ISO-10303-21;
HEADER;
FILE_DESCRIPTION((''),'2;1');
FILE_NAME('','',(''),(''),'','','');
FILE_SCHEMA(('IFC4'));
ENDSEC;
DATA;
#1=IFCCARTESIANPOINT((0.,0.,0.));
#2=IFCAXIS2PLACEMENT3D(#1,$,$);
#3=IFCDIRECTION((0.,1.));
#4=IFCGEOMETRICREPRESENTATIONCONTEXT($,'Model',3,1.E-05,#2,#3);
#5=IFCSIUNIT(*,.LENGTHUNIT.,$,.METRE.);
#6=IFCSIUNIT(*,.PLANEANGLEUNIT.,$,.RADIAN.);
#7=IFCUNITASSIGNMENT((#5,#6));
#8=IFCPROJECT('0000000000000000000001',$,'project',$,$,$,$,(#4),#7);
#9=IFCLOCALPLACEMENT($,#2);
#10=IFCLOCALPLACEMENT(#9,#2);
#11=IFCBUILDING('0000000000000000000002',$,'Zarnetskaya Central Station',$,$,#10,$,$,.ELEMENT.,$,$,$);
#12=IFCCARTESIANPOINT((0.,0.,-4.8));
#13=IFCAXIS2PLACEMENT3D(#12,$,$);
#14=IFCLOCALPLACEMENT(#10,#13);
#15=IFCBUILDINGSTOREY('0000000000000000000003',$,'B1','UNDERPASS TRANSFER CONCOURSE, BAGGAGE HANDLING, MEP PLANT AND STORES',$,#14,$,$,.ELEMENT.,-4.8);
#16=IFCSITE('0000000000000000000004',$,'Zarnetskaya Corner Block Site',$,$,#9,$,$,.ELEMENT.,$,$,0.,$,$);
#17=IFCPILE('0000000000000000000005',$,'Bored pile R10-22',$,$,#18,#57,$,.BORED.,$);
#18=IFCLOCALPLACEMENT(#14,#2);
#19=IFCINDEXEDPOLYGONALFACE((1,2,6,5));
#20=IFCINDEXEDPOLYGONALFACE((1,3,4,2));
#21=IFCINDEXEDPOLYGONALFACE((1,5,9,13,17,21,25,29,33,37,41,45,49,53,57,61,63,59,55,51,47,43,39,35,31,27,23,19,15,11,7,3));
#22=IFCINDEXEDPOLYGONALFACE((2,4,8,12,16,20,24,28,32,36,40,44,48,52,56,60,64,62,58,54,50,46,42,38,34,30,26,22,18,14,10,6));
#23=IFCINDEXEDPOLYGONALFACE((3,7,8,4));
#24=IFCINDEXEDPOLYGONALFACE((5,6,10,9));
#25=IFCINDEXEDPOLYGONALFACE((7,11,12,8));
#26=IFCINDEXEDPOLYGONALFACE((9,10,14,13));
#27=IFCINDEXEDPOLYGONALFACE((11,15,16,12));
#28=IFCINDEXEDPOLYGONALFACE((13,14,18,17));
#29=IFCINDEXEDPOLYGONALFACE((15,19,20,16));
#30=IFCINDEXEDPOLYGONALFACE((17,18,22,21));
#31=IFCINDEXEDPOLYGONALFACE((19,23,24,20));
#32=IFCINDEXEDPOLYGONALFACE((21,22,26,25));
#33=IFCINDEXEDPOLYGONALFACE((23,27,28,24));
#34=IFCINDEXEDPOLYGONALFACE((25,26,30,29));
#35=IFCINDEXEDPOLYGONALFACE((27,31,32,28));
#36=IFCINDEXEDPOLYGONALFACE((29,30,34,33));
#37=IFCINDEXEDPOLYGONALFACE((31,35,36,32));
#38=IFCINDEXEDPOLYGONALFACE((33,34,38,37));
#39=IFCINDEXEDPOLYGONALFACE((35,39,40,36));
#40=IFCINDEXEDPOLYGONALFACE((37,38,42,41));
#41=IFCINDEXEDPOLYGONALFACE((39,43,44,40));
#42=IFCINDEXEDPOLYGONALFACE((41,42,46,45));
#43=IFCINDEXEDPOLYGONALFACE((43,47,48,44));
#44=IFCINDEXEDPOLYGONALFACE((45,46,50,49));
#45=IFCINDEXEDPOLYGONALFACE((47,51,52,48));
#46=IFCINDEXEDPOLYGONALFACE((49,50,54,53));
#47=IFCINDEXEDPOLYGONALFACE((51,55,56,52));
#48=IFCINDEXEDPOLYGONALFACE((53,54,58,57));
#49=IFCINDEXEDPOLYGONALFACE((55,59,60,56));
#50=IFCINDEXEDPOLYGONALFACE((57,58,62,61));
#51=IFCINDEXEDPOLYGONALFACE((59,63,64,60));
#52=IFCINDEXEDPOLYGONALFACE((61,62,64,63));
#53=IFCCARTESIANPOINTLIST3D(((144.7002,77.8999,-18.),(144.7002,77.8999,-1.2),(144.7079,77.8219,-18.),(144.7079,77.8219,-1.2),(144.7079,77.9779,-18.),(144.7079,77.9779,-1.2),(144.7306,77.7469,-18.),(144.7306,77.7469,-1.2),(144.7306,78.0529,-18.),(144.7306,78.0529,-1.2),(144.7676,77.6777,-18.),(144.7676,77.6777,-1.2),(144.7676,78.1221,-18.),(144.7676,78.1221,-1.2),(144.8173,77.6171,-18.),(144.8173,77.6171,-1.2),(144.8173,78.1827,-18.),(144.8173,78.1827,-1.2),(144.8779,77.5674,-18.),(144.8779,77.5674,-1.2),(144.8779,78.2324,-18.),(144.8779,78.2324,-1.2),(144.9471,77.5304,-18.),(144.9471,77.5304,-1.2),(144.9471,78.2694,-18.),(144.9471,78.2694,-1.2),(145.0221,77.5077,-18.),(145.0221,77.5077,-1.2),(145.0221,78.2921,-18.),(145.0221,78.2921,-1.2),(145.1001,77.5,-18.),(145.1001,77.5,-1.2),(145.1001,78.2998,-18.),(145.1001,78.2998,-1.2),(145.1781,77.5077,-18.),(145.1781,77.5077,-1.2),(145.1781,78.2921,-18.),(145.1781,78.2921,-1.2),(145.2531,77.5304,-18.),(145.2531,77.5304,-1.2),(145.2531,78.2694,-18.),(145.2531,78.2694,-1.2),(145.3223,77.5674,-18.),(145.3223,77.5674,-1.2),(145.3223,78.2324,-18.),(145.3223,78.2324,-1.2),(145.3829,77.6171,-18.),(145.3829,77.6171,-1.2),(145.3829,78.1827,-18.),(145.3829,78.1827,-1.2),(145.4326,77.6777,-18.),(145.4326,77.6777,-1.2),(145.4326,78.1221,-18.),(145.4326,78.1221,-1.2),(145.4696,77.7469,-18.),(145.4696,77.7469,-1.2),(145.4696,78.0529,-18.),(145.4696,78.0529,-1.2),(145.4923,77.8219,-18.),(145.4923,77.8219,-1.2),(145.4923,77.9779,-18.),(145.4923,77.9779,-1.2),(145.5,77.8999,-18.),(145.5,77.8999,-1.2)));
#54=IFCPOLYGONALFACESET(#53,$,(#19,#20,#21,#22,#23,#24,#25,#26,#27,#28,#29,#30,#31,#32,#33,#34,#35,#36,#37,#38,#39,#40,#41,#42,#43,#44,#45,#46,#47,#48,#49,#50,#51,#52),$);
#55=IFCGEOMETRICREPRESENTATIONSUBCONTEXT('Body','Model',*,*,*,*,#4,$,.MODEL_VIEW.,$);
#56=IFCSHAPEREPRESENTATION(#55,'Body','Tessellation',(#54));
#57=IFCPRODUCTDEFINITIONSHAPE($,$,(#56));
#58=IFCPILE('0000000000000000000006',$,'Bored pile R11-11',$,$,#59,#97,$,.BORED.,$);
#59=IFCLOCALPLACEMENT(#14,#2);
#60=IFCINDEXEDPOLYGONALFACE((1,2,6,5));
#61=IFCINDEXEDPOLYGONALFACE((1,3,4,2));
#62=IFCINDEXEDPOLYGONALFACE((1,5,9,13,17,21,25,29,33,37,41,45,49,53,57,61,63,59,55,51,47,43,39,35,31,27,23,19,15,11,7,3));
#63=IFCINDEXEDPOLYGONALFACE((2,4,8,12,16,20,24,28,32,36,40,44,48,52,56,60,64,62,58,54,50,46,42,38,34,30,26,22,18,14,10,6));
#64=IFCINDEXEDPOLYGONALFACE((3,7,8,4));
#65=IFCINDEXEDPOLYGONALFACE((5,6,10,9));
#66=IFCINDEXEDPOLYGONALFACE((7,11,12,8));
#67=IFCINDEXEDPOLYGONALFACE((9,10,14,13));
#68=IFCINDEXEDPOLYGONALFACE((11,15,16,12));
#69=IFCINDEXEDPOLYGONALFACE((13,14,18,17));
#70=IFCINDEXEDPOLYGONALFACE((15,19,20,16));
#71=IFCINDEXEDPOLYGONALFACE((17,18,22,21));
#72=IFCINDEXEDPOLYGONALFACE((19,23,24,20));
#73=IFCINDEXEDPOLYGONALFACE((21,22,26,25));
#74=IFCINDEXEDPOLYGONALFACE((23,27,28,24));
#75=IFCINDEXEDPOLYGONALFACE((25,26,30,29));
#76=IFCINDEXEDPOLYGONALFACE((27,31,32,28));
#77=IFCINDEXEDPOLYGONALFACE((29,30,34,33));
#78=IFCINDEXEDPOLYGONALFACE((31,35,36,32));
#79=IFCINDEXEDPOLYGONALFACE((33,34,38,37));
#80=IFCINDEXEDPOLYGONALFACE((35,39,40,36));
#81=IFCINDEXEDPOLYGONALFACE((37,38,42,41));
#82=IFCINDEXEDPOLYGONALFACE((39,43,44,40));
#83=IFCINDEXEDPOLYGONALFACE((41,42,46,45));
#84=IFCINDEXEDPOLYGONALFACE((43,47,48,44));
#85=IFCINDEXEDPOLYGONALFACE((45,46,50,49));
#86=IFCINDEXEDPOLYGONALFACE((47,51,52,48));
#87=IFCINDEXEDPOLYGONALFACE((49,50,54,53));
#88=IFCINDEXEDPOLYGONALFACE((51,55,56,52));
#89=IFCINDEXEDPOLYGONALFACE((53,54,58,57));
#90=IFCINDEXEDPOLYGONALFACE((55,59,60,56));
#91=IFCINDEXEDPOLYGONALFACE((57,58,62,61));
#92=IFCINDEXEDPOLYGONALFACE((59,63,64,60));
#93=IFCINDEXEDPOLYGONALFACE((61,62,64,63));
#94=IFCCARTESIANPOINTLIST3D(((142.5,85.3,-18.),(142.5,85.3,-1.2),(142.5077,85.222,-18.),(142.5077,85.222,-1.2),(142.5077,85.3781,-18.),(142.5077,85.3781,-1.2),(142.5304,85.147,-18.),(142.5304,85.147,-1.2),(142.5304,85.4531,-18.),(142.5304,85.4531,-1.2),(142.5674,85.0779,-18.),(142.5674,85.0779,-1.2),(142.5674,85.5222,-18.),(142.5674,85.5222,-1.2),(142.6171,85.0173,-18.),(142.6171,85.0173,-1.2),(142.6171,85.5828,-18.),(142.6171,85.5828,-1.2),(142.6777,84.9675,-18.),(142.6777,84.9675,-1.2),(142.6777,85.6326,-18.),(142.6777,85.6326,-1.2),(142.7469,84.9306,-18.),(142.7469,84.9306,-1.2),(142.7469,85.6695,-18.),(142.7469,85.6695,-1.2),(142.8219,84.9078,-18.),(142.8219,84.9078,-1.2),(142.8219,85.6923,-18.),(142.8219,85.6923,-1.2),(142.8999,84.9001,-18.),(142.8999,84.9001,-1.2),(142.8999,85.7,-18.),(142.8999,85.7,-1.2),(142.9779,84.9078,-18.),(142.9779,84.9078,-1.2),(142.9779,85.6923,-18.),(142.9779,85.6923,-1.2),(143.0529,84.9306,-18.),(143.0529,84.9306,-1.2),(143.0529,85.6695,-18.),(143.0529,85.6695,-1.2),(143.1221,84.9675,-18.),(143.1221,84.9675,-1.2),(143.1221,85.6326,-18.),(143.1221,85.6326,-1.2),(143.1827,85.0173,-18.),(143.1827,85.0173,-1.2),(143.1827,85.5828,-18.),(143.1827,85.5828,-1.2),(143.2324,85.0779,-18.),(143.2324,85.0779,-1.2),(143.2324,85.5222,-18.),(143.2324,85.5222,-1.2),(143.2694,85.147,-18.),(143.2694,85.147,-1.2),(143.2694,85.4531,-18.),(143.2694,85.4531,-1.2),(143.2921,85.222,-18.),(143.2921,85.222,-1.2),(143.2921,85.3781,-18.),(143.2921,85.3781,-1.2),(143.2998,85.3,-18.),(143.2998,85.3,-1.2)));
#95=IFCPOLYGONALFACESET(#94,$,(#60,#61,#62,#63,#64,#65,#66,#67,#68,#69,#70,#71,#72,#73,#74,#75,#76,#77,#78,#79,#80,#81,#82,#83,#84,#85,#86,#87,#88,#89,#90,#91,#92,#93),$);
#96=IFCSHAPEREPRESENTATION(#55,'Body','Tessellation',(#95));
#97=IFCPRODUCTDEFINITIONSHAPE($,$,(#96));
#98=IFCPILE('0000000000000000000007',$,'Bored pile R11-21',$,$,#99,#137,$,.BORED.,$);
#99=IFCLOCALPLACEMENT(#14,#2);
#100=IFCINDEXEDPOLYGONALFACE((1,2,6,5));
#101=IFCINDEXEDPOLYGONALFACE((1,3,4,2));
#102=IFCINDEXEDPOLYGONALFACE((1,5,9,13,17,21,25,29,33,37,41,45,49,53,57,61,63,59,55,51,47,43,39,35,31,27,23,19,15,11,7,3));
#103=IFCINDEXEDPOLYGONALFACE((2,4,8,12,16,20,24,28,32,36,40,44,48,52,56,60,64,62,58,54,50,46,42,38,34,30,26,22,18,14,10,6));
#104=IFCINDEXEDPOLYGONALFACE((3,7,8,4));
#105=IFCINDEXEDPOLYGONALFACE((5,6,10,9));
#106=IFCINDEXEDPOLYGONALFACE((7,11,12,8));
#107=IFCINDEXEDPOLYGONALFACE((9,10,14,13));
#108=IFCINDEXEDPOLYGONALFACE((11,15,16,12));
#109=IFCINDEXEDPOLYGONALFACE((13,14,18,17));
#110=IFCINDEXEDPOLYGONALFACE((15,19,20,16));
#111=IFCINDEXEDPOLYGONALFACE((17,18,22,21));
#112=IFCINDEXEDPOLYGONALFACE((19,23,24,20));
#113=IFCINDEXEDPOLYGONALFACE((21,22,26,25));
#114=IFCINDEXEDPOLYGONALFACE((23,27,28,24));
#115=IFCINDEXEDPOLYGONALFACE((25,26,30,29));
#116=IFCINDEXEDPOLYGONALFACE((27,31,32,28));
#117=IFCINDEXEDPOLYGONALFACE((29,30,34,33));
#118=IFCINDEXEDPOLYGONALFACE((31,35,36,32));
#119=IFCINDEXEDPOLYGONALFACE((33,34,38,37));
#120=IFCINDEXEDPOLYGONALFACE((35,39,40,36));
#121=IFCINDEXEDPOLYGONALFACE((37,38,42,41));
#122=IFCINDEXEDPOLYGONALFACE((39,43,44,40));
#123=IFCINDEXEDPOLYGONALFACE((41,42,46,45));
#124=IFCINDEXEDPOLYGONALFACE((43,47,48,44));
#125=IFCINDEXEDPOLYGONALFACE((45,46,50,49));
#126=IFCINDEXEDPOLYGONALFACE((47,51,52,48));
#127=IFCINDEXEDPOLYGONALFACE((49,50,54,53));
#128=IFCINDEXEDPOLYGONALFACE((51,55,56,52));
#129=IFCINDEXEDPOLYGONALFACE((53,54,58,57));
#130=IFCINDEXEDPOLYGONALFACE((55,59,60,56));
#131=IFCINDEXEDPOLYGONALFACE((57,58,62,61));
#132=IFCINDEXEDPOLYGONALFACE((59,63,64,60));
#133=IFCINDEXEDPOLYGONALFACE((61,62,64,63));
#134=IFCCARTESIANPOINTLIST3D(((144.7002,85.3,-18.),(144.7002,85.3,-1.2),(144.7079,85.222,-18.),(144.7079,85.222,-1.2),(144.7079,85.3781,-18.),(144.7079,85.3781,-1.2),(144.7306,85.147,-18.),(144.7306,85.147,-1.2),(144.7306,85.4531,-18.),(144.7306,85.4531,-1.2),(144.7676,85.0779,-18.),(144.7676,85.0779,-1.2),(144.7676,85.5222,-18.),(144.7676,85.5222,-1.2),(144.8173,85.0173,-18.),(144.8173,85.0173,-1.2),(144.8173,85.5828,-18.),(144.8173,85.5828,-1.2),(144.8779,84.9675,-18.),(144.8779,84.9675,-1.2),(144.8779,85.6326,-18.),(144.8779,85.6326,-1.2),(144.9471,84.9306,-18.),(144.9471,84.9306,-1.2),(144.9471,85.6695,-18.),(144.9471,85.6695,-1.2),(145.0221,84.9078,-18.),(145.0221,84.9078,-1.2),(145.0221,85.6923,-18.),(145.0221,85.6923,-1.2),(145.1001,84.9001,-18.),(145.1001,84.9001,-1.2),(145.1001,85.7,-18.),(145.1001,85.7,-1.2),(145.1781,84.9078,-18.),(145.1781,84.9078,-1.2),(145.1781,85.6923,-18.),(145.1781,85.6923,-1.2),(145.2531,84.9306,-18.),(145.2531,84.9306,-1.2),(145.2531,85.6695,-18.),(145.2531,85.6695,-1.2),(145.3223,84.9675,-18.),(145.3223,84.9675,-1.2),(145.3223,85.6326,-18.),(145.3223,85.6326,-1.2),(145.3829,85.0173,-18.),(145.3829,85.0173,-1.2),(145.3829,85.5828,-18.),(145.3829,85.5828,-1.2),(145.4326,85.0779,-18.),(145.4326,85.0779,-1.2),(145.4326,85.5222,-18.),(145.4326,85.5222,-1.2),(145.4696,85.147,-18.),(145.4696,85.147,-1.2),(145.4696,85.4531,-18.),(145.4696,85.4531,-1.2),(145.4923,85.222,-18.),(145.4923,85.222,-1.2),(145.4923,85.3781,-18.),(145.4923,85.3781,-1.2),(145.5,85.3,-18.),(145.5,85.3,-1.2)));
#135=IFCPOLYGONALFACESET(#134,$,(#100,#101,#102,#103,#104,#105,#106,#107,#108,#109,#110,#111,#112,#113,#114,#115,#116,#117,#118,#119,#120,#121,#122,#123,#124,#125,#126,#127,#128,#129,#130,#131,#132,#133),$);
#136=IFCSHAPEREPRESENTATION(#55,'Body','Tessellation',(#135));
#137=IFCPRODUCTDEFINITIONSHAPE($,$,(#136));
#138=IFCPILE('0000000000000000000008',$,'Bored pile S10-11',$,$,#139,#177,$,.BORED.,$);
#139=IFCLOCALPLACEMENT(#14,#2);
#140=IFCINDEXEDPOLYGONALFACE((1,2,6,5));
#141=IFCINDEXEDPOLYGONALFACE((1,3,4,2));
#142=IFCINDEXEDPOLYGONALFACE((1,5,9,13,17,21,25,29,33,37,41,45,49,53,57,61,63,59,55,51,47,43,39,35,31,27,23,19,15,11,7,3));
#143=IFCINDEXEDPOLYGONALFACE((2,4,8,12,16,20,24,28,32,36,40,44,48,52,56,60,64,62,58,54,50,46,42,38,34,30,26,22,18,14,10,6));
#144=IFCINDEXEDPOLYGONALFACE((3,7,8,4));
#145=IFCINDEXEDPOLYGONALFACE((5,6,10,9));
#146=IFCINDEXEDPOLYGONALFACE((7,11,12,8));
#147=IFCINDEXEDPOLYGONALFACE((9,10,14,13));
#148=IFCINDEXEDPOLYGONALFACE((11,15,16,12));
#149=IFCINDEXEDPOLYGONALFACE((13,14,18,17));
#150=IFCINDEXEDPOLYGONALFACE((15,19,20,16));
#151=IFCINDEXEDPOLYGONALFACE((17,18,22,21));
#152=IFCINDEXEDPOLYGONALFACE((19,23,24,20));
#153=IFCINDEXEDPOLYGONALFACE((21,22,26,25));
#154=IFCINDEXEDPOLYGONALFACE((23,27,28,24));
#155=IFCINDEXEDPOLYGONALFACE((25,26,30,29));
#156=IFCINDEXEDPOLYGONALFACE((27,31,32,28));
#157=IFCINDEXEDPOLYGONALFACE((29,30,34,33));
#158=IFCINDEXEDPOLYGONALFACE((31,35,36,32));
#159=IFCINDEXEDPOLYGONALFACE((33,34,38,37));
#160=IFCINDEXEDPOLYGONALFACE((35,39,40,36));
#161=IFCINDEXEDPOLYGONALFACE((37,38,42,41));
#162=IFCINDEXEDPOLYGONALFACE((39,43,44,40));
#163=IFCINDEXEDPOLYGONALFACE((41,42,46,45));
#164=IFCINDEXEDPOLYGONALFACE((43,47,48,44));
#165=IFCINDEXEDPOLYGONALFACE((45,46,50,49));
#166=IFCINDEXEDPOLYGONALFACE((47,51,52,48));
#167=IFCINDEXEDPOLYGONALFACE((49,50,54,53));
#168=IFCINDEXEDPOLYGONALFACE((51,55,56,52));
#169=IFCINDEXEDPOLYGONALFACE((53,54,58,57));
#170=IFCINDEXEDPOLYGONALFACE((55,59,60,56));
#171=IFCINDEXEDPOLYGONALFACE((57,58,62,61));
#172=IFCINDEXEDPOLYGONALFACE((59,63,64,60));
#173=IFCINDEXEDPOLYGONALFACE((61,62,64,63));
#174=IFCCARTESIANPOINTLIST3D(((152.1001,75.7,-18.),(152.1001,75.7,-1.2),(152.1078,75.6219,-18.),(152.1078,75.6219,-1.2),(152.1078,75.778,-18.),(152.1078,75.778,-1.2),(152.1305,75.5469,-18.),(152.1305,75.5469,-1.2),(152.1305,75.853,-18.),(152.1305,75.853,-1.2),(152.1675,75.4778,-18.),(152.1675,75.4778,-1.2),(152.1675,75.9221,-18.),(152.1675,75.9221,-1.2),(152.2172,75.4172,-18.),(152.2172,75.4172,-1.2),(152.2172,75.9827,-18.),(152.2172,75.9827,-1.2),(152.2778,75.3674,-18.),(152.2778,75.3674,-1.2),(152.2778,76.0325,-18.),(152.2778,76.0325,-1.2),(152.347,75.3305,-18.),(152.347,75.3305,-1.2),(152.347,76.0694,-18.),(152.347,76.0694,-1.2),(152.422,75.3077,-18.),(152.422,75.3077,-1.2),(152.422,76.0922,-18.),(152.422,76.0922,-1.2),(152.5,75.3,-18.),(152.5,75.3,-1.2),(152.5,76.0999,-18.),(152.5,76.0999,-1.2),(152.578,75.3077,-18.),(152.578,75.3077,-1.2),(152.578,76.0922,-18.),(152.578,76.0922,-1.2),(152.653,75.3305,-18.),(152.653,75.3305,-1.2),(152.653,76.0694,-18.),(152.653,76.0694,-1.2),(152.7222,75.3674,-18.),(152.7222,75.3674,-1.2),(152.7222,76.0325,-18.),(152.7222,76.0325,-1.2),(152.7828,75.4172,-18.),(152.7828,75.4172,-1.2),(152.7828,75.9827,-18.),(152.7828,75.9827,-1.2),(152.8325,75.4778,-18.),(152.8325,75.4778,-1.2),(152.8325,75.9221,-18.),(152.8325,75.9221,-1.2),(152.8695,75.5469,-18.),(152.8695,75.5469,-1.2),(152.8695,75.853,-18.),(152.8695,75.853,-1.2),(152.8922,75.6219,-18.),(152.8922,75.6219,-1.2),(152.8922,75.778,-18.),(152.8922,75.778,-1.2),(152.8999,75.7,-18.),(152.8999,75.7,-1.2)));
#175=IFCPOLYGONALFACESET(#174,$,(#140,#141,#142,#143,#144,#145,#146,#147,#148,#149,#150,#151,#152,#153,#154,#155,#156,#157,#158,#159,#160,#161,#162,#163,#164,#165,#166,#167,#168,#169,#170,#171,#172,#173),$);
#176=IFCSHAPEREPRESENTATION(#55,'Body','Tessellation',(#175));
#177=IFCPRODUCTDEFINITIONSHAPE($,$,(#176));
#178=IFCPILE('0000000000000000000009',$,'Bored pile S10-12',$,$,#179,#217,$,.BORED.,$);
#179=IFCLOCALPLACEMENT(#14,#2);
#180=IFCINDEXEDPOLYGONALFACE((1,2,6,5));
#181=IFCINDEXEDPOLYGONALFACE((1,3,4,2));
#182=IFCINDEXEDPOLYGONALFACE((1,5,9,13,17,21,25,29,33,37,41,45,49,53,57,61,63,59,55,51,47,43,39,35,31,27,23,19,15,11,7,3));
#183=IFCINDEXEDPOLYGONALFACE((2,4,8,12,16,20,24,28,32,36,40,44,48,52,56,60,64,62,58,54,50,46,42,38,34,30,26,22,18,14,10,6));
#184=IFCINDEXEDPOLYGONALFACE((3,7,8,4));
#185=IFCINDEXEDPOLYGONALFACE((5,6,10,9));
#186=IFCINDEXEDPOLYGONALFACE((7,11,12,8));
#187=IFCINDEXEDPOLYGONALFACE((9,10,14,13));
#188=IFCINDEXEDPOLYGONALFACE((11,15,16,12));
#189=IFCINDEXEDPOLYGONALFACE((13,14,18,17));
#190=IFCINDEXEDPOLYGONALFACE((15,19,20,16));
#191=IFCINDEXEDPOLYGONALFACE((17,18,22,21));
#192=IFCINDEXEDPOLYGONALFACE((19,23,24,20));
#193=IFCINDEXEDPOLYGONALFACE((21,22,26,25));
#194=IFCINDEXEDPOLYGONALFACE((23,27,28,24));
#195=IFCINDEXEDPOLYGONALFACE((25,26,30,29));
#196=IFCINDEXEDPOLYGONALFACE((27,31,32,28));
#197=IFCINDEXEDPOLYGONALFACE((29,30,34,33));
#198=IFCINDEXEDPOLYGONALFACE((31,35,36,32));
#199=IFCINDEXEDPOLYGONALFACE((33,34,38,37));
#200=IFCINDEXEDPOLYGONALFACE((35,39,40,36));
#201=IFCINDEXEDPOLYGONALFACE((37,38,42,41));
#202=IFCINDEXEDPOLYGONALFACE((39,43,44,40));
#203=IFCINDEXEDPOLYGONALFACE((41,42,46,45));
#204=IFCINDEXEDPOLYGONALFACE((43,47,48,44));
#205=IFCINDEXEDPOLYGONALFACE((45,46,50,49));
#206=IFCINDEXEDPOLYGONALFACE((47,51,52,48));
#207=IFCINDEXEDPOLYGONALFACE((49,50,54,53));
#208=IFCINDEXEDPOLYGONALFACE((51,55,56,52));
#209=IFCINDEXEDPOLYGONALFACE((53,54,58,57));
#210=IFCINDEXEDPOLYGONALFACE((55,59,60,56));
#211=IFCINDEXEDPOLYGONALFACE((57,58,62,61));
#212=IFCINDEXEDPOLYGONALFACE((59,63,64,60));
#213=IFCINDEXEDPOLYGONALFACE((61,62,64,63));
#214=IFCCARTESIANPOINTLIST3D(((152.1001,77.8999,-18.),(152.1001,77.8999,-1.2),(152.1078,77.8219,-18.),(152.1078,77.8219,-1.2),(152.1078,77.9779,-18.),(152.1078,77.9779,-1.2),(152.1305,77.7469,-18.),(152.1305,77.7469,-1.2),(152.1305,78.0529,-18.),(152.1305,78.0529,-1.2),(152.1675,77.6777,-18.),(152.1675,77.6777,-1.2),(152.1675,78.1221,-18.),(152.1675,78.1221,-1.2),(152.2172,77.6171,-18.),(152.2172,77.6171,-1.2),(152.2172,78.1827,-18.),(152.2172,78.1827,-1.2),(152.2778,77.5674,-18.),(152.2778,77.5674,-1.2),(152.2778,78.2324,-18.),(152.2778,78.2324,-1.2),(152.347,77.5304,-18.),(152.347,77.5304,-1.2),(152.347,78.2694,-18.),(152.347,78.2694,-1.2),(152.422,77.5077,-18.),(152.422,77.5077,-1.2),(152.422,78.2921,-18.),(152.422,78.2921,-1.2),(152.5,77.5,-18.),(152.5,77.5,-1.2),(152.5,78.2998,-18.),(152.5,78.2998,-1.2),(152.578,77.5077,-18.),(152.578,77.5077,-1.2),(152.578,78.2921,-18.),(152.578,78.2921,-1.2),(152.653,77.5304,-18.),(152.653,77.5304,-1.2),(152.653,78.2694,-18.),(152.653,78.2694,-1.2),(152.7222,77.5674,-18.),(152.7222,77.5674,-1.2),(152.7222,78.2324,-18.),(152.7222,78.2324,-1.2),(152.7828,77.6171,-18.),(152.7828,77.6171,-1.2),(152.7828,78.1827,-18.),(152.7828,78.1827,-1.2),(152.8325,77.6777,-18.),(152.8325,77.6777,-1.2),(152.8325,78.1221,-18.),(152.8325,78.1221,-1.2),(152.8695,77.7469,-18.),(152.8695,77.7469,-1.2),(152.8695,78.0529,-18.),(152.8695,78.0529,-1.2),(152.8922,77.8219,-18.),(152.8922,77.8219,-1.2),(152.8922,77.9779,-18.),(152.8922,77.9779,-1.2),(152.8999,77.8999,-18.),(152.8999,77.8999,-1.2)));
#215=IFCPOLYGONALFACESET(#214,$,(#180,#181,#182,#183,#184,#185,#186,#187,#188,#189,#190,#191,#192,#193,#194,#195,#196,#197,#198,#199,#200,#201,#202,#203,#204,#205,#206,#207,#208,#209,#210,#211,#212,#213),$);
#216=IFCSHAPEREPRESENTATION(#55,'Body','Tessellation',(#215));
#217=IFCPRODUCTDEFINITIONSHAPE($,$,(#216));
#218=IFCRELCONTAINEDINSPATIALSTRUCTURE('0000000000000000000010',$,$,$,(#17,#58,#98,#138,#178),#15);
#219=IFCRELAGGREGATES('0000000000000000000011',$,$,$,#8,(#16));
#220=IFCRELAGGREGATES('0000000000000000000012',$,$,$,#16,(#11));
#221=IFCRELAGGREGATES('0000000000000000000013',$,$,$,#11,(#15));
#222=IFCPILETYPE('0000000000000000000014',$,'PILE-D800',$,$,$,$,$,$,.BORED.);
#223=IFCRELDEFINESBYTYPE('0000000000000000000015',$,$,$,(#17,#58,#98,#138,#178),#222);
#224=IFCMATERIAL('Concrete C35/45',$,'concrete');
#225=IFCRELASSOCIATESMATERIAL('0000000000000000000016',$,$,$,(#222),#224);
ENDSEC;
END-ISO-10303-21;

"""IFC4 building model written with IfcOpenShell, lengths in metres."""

from ifc_helpers import new_model, si_unit, direction, frame, origin, origin_2d, place, context, subcontext, project, spatial, circle, extrude, material, material_profile, profile_set, type_object, element, save


model = new_model("IFC4")

# Units and contexts
model_context = context("Model", 3, precision=1e-05, world=origin(), true_north=direction((0.0, 1.0)))
body_context = subcontext(model_context, "Body", "Model", "MODEL_VIEW")
ifc_project = project(units=[si_unit("LENGTHUNIT", "METRE"), si_unit("PLANEANGLEUNIT", "RADIAN")], contexts=[model_context])

# Site, building, storey
site_placement = place(None, origin())
site = spatial("IfcSite", under=ifc_project, at=site_placement, Name="Zarnetskaya Corner Block Site", CompositionType="ELEMENT", RefElevation=0.0)
building_placement = place(site_placement, origin())
building = spatial("IfcBuilding", under=site, at=building_placement, Name="Zarnetskaya Central Station", CompositionType="ELEMENT")
storey_placement = place(building_placement, frame((0.0, 0.0, -4.8)))
storey = spatial("IfcBuildingStorey", under=building, at=storey_placement, Name="B1", Description="UNDERPASS TRANSFER CONCOURSE, BAGGAGE HANDLING, MEP PLANT AND STORES", CompositionType="ELEMENT", Elevation=-4.8)

# Shared definitions
ifc_material = material(Name="Concrete C35/45", Category="concrete")

# Piles
ifc_material_profile_1 = material_profile(ifc_material, circle(Radius=0.3999, at=origin_2d()), Name="BORED PILE D800")
ifc_profile_set_1 = profile_set([ifc_material_profile_1], Name="Concrete C35/45")
pile_type = type_object("IfcPileType", Name="PILE-D800", PredefinedType="BORED", material=ifc_profile_set_1)
for number, where, z_axis, x_axis, name in (
    (1, (145.1001, 77.8999, -1.2), (0.0, 0.0, -1.0), (1.0, 0.0, 0.0), "Bored pile R10-22"),
    (2, (142.8999, 85.3, -1.2), (0.0, 0.0, -1.0), (1.0, 0.0, 0.0), "Bored pile R11-11"),
    (3, (145.1001, 85.3, -1.2), (0.0, 0.0, -1.0), (1.0, 0.0, 0.0), "Bored pile R11-21"),
    (4, (152.5, 75.7, -1.2), (0.0, 0.0, -1.0), (1.0, 0.0, 0.0), "Bored pile S10-11"),
    (5, (152.5, 77.8999, -1.2), (0.0, 0.0, -1.0), (1.0, 0.0, 0.0), "Bored pile S10-12"),
):
    element("IfcPile", number, at=place(storey_placement, frame(where, z_axis=z_axis, x_axis=x_axis)), inside=storey, type_object=pile_type, Name=name, PredefinedType="BORED", context=body_context, shape_type="SweptSolid", body=[
        extrude(circle(Radius=0.3999, at=origin_2d()), origin(), (0.0, 0.0, 1.0), 16.8),
    ])

save(model, "model.ifc")
